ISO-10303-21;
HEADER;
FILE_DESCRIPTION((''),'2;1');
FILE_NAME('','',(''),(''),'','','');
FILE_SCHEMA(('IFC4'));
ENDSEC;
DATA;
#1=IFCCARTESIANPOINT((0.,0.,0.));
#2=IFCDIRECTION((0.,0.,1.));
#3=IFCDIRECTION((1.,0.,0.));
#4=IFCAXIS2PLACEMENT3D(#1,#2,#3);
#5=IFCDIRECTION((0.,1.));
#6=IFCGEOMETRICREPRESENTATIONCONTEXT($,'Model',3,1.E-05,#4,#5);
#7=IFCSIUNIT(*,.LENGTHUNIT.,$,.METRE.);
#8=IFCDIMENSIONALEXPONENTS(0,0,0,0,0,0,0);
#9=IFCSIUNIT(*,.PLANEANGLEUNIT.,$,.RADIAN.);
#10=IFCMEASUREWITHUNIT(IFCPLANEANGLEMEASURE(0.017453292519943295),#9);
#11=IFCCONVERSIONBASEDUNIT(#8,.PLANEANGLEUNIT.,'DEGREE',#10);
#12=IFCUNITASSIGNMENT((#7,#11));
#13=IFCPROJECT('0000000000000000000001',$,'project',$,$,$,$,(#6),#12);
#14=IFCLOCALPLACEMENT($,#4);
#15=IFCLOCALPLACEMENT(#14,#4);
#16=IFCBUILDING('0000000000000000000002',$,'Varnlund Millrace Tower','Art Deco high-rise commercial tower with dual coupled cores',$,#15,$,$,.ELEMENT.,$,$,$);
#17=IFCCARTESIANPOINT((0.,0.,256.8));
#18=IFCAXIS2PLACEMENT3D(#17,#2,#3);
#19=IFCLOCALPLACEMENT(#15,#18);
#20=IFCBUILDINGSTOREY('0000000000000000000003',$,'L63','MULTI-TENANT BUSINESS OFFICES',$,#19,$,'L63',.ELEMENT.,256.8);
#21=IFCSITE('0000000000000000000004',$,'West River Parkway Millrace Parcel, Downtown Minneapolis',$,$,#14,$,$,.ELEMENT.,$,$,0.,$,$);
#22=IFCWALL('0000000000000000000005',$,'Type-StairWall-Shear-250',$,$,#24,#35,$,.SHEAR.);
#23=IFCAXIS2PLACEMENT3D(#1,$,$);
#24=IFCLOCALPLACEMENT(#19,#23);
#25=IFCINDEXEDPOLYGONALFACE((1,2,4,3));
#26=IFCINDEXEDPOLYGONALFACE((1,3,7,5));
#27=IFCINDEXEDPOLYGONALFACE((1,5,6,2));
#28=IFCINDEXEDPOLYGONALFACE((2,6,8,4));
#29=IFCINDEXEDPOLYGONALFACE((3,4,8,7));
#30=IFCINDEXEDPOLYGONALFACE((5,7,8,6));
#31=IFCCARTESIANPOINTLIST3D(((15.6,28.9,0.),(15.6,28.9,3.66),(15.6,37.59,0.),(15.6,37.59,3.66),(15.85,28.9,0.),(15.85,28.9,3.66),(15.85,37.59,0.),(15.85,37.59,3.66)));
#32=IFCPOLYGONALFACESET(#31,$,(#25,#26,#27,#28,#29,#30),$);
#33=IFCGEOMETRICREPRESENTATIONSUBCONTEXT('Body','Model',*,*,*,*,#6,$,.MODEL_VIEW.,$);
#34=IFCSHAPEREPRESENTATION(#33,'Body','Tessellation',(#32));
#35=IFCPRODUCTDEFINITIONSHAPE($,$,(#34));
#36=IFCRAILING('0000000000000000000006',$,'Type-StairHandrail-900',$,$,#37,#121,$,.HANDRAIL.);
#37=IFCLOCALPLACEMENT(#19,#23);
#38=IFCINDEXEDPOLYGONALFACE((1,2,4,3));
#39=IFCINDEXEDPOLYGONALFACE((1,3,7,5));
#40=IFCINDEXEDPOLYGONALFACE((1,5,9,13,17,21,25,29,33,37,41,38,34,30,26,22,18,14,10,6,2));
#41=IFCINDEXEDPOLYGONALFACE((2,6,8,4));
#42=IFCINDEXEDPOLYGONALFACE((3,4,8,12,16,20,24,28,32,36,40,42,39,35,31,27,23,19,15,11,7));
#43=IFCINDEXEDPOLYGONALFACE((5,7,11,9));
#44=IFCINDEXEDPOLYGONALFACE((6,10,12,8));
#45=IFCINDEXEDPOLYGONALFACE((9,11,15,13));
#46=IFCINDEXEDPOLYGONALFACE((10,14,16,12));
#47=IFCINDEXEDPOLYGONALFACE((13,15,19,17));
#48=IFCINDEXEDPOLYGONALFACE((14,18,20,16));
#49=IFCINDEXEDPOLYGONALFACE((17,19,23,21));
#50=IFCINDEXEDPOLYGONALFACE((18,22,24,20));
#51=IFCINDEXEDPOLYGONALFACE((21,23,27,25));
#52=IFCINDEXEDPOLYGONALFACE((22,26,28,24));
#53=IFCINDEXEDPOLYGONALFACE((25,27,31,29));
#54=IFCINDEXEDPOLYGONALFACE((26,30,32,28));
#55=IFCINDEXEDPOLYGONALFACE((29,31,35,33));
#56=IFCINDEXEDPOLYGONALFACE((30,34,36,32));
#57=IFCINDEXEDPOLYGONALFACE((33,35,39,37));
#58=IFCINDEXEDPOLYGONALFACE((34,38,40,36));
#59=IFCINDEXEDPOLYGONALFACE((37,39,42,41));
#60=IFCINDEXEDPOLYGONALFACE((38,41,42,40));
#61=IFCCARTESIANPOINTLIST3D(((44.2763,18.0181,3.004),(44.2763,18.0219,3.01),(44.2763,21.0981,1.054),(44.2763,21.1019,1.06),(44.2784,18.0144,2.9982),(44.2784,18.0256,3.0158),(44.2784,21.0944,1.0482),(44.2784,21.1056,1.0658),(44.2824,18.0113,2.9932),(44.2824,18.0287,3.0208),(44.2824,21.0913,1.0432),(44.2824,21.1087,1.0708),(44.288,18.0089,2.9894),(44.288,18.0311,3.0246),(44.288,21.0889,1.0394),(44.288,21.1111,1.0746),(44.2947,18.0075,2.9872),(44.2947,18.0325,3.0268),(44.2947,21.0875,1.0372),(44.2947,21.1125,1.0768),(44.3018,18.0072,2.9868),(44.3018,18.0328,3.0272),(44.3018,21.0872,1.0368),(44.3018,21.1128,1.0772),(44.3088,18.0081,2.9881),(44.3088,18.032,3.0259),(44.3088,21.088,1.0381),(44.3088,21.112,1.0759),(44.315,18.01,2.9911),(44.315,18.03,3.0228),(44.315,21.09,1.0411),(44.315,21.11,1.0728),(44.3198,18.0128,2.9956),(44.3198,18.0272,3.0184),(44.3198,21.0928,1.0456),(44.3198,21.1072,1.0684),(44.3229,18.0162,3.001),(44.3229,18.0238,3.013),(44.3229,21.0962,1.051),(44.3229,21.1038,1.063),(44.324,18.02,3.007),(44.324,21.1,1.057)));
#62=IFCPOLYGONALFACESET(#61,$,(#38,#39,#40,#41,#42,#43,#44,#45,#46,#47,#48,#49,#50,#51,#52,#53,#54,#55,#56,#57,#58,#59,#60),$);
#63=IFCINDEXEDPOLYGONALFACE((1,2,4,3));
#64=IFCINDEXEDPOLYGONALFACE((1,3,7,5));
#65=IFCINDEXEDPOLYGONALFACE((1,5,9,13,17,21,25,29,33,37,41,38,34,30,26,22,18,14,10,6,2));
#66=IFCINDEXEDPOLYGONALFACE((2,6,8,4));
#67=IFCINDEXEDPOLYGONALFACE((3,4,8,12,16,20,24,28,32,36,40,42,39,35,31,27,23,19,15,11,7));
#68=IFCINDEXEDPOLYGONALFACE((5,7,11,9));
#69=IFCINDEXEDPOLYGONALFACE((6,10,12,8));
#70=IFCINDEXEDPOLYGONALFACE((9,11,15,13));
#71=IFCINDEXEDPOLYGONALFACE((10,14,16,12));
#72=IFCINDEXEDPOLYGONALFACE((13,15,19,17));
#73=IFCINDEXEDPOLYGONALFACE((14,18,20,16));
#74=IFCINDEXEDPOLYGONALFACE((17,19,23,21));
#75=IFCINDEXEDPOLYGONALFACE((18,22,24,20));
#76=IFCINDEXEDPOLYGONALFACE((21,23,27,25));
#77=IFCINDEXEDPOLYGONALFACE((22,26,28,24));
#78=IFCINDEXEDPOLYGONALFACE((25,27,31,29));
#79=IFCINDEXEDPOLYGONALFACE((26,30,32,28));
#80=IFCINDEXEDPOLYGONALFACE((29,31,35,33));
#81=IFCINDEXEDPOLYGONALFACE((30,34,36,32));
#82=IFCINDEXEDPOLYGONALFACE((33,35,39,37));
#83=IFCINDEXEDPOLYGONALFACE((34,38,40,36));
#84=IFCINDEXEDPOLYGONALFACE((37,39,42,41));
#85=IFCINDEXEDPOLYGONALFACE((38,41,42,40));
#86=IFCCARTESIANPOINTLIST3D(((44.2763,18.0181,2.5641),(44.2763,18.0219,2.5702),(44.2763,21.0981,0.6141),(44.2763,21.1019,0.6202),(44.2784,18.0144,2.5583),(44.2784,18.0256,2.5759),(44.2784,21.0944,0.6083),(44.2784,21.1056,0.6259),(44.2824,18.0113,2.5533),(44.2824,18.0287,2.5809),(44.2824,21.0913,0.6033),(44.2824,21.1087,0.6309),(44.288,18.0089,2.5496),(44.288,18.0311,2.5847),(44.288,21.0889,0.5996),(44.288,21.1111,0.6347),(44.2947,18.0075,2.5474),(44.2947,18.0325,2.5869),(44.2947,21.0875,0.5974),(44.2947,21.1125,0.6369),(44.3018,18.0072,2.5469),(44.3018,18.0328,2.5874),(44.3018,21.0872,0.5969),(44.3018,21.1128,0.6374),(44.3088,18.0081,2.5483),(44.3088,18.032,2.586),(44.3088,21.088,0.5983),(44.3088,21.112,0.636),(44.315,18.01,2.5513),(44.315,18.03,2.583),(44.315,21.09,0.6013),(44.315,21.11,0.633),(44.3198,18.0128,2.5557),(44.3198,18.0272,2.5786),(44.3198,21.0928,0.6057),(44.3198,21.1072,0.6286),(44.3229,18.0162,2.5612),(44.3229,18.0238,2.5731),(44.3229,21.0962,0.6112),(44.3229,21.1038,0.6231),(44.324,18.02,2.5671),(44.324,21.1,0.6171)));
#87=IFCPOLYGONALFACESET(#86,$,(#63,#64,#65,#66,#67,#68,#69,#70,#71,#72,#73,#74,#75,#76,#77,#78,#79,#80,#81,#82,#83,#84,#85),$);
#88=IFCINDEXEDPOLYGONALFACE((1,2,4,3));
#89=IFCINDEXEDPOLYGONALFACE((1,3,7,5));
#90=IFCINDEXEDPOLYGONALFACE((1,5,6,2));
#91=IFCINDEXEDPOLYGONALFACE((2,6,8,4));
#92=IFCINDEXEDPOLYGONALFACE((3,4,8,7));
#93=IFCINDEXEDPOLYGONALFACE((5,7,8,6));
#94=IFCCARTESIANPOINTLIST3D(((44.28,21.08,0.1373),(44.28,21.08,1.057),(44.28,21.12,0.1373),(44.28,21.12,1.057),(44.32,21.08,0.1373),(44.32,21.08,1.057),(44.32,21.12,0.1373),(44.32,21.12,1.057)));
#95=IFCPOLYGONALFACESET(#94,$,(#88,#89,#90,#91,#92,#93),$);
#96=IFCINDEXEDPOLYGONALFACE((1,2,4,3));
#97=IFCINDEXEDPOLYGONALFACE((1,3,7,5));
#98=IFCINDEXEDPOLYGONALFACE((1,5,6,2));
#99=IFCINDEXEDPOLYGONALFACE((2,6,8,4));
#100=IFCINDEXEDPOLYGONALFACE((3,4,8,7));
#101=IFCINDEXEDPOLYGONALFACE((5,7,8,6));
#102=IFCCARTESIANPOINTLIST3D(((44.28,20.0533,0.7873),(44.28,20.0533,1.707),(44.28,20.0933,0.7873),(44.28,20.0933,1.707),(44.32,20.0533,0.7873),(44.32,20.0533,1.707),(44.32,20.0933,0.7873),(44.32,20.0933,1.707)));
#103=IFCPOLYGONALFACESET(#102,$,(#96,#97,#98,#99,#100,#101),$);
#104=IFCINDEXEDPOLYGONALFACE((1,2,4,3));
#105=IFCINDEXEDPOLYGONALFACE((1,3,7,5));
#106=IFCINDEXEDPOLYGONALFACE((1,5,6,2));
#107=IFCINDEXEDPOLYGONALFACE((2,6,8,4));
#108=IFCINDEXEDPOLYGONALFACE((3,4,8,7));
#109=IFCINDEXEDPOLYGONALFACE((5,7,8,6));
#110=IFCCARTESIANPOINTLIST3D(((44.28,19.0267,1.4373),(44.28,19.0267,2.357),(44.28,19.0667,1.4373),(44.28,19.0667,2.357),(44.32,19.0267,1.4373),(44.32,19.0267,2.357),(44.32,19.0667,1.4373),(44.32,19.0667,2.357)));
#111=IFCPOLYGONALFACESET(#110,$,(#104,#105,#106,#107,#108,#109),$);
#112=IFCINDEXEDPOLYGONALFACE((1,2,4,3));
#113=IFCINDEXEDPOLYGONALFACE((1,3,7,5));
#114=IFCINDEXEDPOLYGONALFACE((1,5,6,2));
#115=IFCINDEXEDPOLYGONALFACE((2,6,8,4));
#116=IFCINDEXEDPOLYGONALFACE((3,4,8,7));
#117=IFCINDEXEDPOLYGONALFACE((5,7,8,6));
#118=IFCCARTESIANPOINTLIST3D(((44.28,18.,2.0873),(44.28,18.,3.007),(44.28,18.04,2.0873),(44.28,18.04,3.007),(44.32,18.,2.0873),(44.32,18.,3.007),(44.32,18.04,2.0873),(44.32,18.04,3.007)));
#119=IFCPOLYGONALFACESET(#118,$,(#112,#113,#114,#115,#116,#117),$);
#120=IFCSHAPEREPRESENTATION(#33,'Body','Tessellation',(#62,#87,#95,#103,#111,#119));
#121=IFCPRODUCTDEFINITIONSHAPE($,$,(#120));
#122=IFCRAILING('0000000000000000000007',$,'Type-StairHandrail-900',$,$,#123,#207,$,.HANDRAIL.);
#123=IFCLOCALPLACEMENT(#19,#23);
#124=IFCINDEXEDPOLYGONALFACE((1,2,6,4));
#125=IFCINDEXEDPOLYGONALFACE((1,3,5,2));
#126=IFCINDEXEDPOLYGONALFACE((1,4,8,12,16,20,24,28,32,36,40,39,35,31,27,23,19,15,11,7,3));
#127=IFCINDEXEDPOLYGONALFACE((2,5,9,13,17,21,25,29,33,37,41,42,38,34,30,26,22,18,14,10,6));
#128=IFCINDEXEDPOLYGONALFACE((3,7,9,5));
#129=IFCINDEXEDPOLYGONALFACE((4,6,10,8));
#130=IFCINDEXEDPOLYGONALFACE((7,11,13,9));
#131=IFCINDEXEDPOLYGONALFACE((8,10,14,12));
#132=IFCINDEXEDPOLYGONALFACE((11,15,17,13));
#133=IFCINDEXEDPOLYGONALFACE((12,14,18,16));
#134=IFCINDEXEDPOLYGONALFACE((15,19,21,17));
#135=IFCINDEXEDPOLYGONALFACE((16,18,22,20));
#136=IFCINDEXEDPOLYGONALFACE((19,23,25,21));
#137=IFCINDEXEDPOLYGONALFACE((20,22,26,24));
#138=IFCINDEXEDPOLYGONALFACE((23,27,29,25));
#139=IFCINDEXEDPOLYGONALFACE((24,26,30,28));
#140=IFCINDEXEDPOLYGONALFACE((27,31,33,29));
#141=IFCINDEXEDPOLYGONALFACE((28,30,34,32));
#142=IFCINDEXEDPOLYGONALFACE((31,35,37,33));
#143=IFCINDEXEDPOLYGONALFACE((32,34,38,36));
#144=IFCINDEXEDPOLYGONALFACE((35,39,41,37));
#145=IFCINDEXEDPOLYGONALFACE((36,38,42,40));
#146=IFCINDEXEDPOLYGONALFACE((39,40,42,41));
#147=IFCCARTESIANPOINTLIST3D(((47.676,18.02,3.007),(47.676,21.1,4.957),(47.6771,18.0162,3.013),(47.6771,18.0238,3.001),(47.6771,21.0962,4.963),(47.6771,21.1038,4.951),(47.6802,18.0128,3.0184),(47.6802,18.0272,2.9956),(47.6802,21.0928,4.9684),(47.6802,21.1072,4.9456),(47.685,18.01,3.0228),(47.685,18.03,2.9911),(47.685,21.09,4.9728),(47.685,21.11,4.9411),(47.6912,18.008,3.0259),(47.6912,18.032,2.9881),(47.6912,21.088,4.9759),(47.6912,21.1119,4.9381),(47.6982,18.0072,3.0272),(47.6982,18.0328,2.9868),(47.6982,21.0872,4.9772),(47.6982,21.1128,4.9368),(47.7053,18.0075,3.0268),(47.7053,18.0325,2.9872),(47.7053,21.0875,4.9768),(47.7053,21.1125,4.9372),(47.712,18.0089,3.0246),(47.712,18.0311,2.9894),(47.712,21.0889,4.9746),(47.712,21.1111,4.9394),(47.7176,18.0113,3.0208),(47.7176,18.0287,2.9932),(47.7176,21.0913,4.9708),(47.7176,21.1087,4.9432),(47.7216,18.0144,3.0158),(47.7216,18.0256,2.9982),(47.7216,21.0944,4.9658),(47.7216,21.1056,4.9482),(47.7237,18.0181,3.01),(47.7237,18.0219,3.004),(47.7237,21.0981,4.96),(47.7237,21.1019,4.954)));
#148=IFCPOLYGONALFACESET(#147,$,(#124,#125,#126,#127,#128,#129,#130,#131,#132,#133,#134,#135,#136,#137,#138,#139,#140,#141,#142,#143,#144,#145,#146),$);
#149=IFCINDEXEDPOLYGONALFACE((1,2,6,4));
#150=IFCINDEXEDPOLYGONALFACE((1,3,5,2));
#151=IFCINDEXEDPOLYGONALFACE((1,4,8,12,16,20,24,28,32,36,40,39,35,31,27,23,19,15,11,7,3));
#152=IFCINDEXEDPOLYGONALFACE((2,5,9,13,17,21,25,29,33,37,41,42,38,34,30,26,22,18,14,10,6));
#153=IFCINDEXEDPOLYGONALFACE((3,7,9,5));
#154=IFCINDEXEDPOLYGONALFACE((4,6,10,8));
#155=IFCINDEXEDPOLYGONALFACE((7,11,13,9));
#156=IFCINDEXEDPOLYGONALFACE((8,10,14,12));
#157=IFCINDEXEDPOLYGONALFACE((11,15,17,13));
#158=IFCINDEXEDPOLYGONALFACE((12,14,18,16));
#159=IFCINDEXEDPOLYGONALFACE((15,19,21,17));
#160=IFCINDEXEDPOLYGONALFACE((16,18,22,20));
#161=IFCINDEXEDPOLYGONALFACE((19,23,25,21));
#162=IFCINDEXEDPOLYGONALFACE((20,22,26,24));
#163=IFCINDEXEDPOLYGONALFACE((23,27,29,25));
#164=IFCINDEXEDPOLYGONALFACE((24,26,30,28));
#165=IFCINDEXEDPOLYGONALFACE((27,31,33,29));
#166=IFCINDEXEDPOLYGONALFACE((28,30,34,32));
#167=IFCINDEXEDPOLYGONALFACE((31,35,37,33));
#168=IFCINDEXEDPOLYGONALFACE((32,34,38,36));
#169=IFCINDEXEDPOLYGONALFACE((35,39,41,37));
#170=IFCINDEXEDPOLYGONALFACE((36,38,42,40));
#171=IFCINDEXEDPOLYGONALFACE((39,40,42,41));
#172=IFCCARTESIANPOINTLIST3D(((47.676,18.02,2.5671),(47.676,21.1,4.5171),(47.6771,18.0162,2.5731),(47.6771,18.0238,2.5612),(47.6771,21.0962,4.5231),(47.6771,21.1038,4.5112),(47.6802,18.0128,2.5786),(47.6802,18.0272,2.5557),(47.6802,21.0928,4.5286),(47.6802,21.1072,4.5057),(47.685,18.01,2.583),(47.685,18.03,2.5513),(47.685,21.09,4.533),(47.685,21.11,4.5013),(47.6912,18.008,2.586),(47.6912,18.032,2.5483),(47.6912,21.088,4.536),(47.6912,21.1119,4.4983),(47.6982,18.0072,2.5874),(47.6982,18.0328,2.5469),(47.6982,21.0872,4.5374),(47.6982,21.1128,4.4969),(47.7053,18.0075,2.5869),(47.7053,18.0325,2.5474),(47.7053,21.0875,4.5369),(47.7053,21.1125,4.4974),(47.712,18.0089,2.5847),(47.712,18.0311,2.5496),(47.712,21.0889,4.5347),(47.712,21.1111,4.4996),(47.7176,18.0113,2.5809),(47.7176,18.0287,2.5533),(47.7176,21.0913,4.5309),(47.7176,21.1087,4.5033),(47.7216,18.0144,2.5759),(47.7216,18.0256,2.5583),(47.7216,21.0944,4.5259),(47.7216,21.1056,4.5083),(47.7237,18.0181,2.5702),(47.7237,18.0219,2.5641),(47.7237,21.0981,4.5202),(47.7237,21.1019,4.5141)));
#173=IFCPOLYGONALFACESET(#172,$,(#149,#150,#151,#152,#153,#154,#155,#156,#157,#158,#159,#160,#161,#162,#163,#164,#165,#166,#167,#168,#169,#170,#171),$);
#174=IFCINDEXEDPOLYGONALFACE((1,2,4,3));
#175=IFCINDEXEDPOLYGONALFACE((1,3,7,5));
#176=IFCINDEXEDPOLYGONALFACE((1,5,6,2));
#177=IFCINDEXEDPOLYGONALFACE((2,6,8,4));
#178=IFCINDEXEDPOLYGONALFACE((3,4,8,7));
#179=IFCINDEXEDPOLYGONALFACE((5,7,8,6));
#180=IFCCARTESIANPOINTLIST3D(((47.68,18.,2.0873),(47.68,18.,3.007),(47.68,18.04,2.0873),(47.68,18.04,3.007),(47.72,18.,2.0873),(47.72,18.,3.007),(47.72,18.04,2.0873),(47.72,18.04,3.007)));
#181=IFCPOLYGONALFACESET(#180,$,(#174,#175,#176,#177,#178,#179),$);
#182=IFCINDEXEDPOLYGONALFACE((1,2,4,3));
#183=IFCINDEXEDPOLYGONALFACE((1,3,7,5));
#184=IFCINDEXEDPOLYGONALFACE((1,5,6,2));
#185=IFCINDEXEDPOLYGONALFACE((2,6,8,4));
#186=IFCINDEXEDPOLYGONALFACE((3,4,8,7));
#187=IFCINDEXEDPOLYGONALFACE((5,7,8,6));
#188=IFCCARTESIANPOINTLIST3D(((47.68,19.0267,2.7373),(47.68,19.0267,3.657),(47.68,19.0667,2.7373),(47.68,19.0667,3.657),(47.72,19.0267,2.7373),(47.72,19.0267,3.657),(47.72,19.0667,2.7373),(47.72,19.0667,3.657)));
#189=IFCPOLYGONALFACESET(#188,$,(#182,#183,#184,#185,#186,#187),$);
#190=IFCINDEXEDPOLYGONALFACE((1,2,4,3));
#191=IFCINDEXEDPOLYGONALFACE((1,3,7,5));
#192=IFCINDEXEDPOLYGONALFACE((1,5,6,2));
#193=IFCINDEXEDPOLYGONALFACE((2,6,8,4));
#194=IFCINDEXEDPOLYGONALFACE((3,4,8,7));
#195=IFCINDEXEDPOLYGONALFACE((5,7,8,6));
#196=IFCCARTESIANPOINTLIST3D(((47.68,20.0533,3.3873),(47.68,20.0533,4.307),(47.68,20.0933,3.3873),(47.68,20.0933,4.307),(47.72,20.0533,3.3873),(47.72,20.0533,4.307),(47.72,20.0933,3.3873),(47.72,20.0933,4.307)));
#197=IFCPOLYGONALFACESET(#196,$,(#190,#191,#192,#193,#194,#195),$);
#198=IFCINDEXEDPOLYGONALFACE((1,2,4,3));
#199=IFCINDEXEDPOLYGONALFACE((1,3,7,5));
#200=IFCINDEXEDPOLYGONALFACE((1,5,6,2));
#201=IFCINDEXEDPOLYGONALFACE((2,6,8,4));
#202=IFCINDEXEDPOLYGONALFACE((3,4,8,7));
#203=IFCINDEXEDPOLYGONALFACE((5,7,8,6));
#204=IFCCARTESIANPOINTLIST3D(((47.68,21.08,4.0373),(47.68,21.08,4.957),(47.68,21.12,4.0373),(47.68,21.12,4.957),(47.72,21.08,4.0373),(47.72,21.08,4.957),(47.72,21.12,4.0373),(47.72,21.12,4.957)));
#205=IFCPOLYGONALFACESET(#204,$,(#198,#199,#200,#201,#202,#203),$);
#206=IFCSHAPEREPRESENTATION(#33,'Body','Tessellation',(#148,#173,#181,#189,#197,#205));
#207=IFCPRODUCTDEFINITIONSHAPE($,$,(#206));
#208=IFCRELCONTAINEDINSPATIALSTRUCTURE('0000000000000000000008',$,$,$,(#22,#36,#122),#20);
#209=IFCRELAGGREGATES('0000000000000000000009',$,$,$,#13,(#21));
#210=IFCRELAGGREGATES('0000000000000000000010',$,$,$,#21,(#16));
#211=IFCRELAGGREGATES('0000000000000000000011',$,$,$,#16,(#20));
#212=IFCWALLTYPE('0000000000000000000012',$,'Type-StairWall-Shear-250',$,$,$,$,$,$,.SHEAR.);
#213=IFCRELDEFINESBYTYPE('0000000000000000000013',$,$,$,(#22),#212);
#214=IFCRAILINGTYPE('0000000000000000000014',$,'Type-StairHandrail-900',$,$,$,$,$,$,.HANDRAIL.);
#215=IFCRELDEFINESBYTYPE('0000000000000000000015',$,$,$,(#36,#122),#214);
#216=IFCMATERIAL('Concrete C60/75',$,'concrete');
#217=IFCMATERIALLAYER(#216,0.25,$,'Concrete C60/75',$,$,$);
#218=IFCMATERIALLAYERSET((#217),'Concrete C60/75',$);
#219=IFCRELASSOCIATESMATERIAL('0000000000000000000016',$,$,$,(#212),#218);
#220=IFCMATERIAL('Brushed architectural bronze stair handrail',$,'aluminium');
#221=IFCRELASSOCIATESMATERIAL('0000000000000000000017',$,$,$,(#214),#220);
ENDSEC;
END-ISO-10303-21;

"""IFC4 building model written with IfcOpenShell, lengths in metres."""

from ifc_helpers import new_model, entity, si_unit, converted_unit, direction, frame, origin_with_axes, origin_2d_with_axis, place, context, subcontext, project, spatial, polyline, rectangle, circle, outline, extrude, material, layer, layer_set, type_object, element, save


model = new_model("IFC4")

# Units and contexts
model_context = context("Model", 3, precision=1e-05, world=origin_with_axes(), true_north=direction((0.0, 1.0)))
body_context = subcontext(model_context, "Body", "Model", "MODEL_VIEW")
ifc_project = project(units=[si_unit("LENGTHUNIT", "METRE"), converted_unit("PLANEANGLEUNIT", "DEGREE", entity("IfcPlaneAngleMeasure", 0.017453292519943295), si_unit("PLANEANGLEUNIT", "RADIAN"), dimensions=[0, 0, 0, 0, 0, 0, 0])], contexts=[model_context])

# Site, building, storey
site_placement = place(None, origin_with_axes())
site = spatial("IfcSite", under=ifc_project, at=site_placement, Name="West River Parkway Millrace Parcel, Downtown Minneapolis", CompositionType="ELEMENT", RefElevation=0.0)
building_placement = place(site_placement, origin_with_axes())
building = spatial("IfcBuilding", under=site, at=building_placement, Name="Varnlund Millrace Tower", Description="Art Deco high-rise commercial tower with dual coupled cores", CompositionType="ELEMENT")
storey_placement = place(building_placement, frame((0.0, 0.0, 256.8), z_axis=(0.0, 0.0, 1.0), x_axis=(1.0, 0.0, 0.0)))
storey = spatial("IfcBuildingStorey", under=building, at=storey_placement, Name="L63", Description="MULTI-TENANT BUSINESS OFFICES", LongName="L63", CompositionType="ELEMENT", Elevation=256.8)

# Shared definitions
ifc_material_1 = material(Name="Concrete C60/75", Category="concrete")

# Wall
ifc_layer_1 = layer(ifc_material_1, 0.25, Name="Concrete C60/75")
ifc_layer_set_1 = layer_set([ifc_layer_1], Name="Concrete C60/75")
wall_type_1 = type_object("IfcWallType", Name="Type-StairWall-Shear-250", PredefinedType="SHEAR", material=ifc_layer_set_1)
wall_1_placement = place(storey_placement, frame((15.725, 28.9, 0.0), z_axis=(0.0, 0.0, 1.0), x_axis=(0.0, 1.0, 0.0)))
element("IfcWall", 1, at=wall_1_placement, inside=storey, type_object=wall_type_1, Name="Type-StairWall-Shear-250", PredefinedType="SHEAR", context=body_context, shape_type="SweptSolid", body=[
    extrude(outline(polyline([(0.0, -0.125), (8.69, -0.125), (8.69, 0.125), (0.0, 0.125), (0.0, -0.125)])), origin_with_axes(), (0.0, 0.0, 1.0), 3.66),
])

# Railings
ifc_material_2 = material(Name="Brushed architectural bronze stair handrail", Category="aluminium")
railing_type = type_object("IfcRailingType", Name="Type-StairHandrail-900", PredefinedType="HANDRAIL", material=ifc_material_2)
railing_1_placement = place(storey_placement, frame((0.0, 0.0, -256.8), z_axis=(0.0, 0.0, 1.0), x_axis=(1.0, 0.0, 0.0)))
element("IfcRailing", 2, at=railing_1_placement, inside=storey, type_object=railing_type, Name="Type-StairHandrail-900", PredefinedType="HANDRAIL", context=body_context, shape_type="SweptSolid", body=[
    extrude(circle(Radius=0.024, at=origin_2d_with_axis()), frame((44.3, 21.1, 257.857), z_axis=(0.0, -0.844902, 0.534922), x_axis=(1.0, 0.0, 0.0)), (0.0, 0.0, 1.0), 3.6454),
    extrude(circle(Radius=0.024, at=origin_2d_with_axis()), frame((44.3, 21.1, 257.4171), z_axis=(0.0, -0.844902, 0.534922), x_axis=(1.0, 0.0, 0.0)), (0.0, 0.0, 1.0), 3.6454),
    extrude(rectangle(XDim=0.04, YDim=0.04, at=origin_2d_with_axis()), frame((44.3, 21.1, 256.9373), z_axis=(0.0, 0.0, 1.0), x_axis=(1.0, 0.0, 0.0)), (0.0, 0.0, 1.0), 0.9197),
    extrude(rectangle(XDim=0.04, YDim=0.04, at=origin_2d_with_axis()), frame((44.3, 20.0733, 257.5873), z_axis=(0.0, 0.0, 1.0), x_axis=(1.0, 0.0, 0.0)), (0.0, 0.0, 1.0), 0.9197),
    extrude(rectangle(XDim=0.04, YDim=0.04, at=origin_2d_with_axis()), frame((44.3, 19.0467, 258.2373), z_axis=(0.0, 0.0, 1.0), x_axis=(1.0, 0.0, 0.0)), (0.0, 0.0, 1.0), 0.9197),
    extrude(rectangle(XDim=0.04, YDim=0.04, at=origin_2d_with_axis()), frame((44.3, 18.02, 258.8873), z_axis=(0.0, 0.0, 1.0), x_axis=(1.0, 0.0, 0.0)), (0.0, 0.0, 1.0), 0.9197),
])
railing_2_placement = place(storey_placement, frame((0.0, 0.0, -256.8), z_axis=(0.0, 0.0, 1.0), x_axis=(1.0, 0.0, 0.0)))
element("IfcRailing", 3, at=railing_2_placement, inside=storey, type_object=railing_type, Name="Type-StairHandrail-900", PredefinedType="HANDRAIL", context=body_context, shape_type="SweptSolid", body=[
    extrude(circle(Radius=0.024, at=origin_2d_with_axis()), frame((47.7, 18.02, 259.807), z_axis=(0.0, 0.844902, 0.534922), x_axis=(-1.0, 0.0, 0.0)), (0.0, 0.0, 1.0), 3.6454),
    extrude(circle(Radius=0.024, at=origin_2d_with_axis()), frame((47.7, 18.02, 259.3671), z_axis=(0.0, 0.844902, 0.534922), x_axis=(-1.0, 0.0, 0.0)), (0.0, 0.0, 1.0), 3.6454),
    extrude(rectangle(XDim=0.04, YDim=0.04, at=origin_2d_with_axis()), frame((47.7, 18.02, 258.8873), z_axis=(0.0, 0.0, 1.0), x_axis=(1.0, 0.0, 0.0)), (0.0, 0.0, 1.0), 0.9197),
    extrude(rectangle(XDim=0.04, YDim=0.04, at=origin_2d_with_axis()), frame((47.7, 19.0467, 259.5373), z_axis=(0.0, 0.0, 1.0), x_axis=(1.0, 0.0, 0.0)), (0.0, 0.0, 1.0), 0.9197),
    extrude(rectangle(XDim=0.04, YDim=0.04, at=origin_2d_with_axis()), frame((47.7, 20.0733, 260.1873), z_axis=(0.0, 0.0, 1.0), x_axis=(1.0, 0.0, 0.0)), (0.0, 0.0, 1.0), 0.9197),
    extrude(rectangle(XDim=0.04, YDim=0.04, at=origin_2d_with_axis()), frame((47.7, 21.1, 260.8373), z_axis=(0.0, 0.0, 1.0), x_axis=(1.0, 0.0, 0.0)), (0.0, 0.0, 1.0), 0.9197),
])

save(model, "model.ifc")
